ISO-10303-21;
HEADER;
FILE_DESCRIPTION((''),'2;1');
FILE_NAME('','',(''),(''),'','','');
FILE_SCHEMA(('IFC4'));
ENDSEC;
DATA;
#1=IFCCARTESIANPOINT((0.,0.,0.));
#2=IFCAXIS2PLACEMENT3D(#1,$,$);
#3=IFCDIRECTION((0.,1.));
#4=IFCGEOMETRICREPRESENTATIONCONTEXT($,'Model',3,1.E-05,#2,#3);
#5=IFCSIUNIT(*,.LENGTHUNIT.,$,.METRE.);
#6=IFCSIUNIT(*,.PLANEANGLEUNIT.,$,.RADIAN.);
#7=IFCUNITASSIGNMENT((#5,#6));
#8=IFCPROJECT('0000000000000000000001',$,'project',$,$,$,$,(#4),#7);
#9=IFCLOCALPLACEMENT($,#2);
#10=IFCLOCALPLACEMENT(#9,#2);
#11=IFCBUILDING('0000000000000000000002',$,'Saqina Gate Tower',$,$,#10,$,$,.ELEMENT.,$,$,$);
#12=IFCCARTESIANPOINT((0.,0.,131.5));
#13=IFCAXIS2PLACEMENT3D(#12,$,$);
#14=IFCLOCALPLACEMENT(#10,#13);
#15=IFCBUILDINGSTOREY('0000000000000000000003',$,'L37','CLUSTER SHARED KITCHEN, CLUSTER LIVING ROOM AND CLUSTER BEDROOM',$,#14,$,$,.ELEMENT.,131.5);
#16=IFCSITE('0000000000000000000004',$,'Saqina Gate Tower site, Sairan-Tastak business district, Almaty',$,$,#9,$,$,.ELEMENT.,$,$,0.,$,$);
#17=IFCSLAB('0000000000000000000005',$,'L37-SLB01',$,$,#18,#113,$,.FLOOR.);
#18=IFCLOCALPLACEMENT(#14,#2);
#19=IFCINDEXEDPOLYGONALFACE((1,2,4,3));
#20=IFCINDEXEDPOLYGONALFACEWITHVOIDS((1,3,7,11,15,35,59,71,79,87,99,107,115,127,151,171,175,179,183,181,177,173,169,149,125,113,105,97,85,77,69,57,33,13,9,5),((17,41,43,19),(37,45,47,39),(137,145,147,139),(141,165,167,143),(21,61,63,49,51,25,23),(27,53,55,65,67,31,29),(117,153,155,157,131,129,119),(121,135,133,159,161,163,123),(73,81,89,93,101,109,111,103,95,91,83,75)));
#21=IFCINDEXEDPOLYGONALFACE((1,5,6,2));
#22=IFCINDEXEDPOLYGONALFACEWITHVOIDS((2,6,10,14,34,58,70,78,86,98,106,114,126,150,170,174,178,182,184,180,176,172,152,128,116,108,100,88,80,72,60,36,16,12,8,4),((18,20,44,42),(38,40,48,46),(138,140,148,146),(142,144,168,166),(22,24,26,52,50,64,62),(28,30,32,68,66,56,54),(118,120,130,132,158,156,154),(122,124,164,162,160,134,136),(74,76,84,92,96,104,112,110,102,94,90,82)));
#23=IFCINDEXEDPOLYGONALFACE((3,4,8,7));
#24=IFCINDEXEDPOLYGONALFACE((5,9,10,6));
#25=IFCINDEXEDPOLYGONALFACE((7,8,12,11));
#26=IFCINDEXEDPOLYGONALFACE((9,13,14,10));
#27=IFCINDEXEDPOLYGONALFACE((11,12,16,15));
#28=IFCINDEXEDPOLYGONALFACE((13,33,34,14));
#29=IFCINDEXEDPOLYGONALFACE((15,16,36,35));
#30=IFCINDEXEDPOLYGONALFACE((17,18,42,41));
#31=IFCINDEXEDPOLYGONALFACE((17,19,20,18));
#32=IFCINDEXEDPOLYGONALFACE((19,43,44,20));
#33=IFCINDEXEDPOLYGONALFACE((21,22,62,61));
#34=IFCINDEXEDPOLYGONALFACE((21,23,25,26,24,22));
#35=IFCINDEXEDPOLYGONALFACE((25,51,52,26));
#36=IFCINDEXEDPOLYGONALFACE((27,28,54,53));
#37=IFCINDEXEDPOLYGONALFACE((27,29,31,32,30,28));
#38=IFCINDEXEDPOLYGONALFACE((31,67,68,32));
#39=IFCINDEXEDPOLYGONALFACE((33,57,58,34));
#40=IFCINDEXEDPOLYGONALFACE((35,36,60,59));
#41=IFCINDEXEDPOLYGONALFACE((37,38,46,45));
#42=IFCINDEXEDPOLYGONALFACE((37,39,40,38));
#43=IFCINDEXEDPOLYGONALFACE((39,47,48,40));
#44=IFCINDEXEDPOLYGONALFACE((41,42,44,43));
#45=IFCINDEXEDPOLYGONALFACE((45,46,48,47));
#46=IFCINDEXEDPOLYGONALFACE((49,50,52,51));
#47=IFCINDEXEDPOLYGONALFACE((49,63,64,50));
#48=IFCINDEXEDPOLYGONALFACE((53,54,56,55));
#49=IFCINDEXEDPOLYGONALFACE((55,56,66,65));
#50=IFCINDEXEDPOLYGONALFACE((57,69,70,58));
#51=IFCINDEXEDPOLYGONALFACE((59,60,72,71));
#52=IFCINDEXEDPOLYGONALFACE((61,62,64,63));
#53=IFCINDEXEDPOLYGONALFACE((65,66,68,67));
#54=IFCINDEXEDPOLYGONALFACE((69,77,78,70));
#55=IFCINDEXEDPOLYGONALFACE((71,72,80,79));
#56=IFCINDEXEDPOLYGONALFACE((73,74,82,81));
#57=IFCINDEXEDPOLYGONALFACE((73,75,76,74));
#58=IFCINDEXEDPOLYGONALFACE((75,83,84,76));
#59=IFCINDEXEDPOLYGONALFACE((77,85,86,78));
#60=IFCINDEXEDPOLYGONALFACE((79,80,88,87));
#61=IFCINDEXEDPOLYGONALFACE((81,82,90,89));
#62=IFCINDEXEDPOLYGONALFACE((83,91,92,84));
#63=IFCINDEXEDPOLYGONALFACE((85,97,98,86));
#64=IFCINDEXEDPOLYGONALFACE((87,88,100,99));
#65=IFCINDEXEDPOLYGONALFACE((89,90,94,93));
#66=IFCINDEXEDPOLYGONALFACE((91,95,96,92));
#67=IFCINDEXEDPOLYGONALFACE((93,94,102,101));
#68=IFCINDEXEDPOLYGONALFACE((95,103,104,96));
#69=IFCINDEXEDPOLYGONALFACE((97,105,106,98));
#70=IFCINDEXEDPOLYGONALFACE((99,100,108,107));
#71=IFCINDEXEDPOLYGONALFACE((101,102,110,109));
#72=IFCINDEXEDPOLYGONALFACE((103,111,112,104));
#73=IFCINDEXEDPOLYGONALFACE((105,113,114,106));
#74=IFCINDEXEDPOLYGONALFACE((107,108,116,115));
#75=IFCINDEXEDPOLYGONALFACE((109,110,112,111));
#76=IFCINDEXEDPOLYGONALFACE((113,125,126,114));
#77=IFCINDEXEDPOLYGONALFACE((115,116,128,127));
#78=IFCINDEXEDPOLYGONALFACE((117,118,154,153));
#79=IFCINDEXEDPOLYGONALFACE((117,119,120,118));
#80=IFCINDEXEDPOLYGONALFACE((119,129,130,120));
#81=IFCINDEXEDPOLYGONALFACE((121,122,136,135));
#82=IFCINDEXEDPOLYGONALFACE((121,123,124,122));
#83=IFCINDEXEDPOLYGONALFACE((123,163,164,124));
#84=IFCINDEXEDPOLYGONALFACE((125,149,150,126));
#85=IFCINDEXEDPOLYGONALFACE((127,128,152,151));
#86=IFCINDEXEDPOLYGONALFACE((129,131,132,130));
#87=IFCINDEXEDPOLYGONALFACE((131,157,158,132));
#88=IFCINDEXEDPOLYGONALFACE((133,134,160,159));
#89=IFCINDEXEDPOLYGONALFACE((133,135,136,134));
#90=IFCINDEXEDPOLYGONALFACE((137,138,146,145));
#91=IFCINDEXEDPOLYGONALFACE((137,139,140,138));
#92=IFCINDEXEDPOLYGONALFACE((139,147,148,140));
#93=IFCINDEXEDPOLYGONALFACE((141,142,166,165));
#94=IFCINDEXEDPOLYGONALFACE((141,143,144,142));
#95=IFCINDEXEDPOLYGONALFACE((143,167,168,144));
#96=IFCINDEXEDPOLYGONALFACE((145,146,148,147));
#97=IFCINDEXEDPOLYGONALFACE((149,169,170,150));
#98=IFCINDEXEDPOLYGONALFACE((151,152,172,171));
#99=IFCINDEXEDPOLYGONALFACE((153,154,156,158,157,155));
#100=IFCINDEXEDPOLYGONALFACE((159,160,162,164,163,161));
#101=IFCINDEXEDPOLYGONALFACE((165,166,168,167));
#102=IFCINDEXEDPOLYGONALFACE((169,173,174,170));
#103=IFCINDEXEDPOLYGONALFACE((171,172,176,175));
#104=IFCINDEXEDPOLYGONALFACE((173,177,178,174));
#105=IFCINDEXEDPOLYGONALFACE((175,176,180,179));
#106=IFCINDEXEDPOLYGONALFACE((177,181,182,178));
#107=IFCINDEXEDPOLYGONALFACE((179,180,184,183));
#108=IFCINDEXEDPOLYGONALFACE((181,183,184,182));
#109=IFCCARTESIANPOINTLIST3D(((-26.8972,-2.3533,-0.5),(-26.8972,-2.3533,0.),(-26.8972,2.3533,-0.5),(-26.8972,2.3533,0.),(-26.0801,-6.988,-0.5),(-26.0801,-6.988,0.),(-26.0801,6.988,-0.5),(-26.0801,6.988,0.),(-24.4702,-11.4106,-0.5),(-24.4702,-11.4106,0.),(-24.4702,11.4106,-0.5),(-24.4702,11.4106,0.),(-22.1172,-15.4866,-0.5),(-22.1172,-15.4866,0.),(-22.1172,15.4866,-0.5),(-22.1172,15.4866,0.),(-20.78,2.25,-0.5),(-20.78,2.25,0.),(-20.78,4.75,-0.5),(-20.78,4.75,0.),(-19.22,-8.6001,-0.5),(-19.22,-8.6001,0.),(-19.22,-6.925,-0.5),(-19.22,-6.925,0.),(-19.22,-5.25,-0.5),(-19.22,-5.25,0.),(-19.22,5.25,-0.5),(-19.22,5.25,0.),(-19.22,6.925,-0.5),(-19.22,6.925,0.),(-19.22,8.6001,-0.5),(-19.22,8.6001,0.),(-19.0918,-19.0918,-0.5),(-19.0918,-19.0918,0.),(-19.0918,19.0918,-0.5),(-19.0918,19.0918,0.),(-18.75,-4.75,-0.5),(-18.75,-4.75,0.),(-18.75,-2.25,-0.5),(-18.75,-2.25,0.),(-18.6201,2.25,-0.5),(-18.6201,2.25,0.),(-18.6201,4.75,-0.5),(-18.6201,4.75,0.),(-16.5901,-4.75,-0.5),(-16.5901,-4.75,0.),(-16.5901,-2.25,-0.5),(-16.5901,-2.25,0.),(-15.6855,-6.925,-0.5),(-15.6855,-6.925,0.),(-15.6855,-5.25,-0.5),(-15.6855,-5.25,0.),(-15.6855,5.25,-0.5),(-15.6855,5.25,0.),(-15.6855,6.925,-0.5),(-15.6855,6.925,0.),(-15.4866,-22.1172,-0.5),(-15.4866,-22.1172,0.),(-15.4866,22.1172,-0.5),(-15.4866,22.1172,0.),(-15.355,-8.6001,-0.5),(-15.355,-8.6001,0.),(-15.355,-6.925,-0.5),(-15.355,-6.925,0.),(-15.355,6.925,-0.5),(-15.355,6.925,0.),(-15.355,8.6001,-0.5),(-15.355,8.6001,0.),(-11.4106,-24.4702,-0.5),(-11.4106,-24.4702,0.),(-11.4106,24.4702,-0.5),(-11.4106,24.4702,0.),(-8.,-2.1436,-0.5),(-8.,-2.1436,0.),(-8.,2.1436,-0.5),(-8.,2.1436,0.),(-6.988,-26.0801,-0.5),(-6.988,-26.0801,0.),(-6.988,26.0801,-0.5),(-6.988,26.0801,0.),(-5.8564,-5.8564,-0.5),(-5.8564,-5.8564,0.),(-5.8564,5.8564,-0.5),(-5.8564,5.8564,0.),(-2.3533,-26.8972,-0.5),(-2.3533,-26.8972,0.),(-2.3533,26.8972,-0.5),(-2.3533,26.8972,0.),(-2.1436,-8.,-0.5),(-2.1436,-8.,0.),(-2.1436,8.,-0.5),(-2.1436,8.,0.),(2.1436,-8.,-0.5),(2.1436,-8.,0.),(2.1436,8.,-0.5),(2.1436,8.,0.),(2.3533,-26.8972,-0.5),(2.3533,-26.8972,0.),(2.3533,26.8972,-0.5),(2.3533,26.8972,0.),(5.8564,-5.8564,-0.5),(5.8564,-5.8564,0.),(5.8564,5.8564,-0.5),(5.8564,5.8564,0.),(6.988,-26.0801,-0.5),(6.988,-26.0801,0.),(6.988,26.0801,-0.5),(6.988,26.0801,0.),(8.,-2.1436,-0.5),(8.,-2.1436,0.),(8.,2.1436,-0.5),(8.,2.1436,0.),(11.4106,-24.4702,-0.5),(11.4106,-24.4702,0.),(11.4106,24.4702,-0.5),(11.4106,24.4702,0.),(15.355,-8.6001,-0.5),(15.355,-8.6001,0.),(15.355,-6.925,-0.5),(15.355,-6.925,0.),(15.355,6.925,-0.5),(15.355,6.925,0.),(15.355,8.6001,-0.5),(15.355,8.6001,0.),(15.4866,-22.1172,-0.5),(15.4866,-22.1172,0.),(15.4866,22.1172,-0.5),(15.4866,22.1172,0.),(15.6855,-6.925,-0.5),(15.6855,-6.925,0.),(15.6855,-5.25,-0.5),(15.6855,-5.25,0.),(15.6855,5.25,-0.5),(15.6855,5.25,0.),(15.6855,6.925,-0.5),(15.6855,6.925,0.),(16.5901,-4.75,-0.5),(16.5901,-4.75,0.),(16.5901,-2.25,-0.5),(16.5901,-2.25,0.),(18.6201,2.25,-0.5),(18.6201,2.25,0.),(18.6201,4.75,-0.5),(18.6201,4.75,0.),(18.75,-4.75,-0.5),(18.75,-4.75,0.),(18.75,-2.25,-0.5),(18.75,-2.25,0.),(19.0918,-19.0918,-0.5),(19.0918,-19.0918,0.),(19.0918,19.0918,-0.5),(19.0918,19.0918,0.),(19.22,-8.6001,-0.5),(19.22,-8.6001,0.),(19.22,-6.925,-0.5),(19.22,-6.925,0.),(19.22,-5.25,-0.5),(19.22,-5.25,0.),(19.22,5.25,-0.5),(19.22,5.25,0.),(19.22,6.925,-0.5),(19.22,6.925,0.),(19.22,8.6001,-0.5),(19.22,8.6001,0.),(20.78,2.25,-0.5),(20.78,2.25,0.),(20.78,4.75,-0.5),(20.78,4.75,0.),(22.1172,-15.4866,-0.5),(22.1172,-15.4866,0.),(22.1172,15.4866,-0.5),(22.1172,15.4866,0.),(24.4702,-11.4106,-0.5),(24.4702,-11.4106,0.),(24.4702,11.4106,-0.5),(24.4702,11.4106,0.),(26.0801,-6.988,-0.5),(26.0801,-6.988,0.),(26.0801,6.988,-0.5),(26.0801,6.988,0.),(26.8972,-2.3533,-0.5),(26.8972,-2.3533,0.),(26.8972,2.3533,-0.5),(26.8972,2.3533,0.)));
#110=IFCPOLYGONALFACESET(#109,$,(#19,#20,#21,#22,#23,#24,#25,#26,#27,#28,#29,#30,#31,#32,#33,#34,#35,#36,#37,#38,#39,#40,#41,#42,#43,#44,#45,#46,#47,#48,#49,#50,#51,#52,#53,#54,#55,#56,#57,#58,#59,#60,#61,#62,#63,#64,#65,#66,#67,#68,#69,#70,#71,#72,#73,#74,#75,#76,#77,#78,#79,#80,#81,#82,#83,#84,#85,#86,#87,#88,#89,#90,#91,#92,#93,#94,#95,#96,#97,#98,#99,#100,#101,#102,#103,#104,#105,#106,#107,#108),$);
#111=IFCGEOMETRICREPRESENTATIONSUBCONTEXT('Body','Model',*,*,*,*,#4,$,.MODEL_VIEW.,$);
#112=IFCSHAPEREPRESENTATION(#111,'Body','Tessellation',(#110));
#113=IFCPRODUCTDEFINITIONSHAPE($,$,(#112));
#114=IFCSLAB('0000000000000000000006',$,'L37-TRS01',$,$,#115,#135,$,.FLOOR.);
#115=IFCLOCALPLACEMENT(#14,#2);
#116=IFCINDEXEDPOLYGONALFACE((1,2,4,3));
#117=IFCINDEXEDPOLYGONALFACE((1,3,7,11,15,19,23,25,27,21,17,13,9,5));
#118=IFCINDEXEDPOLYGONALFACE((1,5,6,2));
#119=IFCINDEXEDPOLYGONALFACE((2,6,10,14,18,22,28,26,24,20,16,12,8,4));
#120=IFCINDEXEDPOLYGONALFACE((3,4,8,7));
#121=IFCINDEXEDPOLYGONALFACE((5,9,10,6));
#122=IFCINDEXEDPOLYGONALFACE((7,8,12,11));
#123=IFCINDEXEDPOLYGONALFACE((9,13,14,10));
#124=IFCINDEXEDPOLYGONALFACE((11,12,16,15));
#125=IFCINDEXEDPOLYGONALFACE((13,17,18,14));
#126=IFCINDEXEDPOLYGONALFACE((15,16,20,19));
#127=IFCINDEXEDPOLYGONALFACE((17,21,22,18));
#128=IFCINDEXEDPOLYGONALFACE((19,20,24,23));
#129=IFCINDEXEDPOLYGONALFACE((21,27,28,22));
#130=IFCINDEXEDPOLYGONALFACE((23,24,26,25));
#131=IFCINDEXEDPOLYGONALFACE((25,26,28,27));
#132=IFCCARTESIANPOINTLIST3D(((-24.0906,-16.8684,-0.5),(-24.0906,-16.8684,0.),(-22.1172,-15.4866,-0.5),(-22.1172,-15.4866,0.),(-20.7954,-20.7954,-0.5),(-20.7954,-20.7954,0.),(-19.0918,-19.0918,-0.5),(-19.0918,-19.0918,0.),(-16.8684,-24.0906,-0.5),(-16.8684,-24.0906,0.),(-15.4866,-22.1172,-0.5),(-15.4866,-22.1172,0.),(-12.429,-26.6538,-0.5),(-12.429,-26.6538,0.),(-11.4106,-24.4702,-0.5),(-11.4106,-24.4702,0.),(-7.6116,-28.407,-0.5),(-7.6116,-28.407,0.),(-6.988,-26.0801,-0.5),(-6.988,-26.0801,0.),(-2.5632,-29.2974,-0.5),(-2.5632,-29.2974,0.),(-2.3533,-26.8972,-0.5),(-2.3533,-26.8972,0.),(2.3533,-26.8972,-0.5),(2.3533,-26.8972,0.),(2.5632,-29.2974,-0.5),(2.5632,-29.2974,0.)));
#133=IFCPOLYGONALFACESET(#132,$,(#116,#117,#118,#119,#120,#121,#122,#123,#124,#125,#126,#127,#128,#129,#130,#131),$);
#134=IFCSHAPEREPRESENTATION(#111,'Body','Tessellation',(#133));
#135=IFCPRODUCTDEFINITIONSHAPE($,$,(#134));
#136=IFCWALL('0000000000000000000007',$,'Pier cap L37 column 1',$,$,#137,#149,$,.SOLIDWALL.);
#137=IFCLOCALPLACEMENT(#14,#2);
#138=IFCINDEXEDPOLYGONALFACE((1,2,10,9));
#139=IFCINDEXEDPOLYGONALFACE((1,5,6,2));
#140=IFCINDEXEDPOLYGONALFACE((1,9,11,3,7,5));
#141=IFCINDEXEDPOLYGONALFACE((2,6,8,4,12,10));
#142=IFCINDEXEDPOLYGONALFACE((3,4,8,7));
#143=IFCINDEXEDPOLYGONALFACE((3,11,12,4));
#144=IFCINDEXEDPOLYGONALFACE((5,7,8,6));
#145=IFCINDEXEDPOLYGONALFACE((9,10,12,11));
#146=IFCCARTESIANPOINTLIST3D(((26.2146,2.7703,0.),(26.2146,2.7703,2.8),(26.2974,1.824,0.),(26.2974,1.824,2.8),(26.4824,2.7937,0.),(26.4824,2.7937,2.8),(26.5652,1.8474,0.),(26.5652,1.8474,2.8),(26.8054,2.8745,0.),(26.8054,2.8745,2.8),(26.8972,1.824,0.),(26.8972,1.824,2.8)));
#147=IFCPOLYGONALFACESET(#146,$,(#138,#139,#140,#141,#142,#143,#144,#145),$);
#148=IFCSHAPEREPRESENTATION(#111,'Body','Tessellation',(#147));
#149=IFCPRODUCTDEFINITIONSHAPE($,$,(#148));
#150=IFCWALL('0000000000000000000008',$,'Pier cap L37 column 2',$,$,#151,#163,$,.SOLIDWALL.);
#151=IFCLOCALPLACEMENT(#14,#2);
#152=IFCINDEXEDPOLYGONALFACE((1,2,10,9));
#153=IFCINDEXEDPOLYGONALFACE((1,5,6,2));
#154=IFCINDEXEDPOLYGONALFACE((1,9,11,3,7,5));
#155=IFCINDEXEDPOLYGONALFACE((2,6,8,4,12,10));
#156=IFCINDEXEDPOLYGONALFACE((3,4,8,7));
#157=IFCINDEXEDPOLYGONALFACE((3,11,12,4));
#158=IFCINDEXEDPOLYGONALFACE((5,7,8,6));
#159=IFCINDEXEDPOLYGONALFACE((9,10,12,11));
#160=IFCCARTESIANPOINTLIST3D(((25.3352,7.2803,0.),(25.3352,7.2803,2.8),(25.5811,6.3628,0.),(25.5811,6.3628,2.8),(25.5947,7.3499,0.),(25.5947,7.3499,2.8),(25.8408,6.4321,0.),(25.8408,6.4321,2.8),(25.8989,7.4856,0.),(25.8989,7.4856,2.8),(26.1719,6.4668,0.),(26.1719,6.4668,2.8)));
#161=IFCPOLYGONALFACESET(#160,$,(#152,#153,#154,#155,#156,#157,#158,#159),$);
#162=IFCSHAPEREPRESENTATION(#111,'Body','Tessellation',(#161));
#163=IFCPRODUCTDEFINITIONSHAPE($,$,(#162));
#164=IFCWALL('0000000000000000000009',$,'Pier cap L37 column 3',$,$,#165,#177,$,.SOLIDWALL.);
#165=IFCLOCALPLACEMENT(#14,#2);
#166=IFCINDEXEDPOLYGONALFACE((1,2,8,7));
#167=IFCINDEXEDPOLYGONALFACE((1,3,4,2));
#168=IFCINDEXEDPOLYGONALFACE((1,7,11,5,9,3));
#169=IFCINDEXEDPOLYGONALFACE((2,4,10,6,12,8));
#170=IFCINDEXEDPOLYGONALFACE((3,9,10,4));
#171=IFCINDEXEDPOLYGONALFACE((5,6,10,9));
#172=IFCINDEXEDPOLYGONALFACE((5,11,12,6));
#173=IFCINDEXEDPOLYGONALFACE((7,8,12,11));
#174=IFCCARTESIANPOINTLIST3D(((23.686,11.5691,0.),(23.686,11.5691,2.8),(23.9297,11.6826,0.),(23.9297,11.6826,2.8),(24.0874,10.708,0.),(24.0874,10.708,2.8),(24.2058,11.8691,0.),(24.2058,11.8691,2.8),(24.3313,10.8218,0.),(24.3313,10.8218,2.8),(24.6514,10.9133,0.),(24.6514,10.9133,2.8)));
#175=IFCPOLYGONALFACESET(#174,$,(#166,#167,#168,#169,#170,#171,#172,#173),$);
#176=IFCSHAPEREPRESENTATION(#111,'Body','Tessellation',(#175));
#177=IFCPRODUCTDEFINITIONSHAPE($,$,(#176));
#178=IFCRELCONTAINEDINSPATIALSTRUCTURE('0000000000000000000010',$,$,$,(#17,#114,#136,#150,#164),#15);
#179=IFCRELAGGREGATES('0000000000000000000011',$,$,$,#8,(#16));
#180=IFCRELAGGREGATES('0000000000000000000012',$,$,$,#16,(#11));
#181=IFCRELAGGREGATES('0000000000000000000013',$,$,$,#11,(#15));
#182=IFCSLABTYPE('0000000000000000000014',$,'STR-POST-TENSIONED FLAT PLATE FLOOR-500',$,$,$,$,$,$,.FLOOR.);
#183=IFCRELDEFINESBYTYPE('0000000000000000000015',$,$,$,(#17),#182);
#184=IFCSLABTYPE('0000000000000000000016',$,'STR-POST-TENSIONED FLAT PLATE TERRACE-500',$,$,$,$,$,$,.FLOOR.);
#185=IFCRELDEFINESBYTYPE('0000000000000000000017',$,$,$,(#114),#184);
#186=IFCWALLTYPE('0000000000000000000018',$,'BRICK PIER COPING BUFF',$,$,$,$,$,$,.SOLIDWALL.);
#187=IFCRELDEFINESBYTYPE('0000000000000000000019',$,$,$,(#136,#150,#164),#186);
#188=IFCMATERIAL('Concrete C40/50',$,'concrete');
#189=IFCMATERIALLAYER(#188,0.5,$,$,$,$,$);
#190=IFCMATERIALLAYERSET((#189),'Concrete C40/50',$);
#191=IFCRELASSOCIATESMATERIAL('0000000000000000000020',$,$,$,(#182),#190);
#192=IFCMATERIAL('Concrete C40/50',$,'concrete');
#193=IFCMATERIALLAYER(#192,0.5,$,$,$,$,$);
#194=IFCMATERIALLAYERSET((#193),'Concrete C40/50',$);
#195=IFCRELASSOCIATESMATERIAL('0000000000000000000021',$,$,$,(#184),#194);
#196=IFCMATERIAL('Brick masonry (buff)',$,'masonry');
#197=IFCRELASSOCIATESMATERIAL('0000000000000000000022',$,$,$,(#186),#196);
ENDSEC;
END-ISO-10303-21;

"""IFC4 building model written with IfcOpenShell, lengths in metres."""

from ifc_helpers import new_model, si_unit, direction, frame, origin, place, context, subcontext, project, spatial, polyline, outline, extrude, material, layer, layer_set, type_object, element, save


model = new_model("IFC4")

# Units and contexts
model_context = context("Model", 3, precision=1e-05, world=origin(), true_north=direction((0.0, 1.0)))
body_context = subcontext(model_context, "Body", "Model", "MODEL_VIEW")
ifc_project = project(units=[si_unit("LENGTHUNIT", "METRE"), si_unit("PLANEANGLEUNIT", "RADIAN")], contexts=[model_context])

# Site, building, storey
site_placement = place(None, origin())
site = spatial("IfcSite", under=ifc_project, at=site_placement, Name="Saqina Gate Tower site, Sairan-Tastak business district, Almaty", CompositionType="ELEMENT", RefElevation=0.0)
building_placement = place(site_placement, origin())
building = spatial("IfcBuilding", under=site, at=building_placement, Name="Saqina Gate Tower", CompositionType="ELEMENT")
storey_placement = place(building_placement, frame((0.0, 0.0, 131.5)))
storey = spatial("IfcBuildingStorey", under=building, at=storey_placement, Name="L37", Description="CLUSTER SHARED KITCHEN, CLUSTER LIVING ROOM AND CLUSTER BEDROOM", CompositionType="ELEMENT", Elevation=131.5)

# Slabs
ifc_material_1 = material(Name="Concrete C40/50", Category="concrete")
ifc_layer_1 = layer(ifc_material_1, 0.5)
ifc_layer_set_1 = layer_set([ifc_layer_1], Name="Concrete C40/50")
slab_type_1 = type_object("IfcSlabType", Name="STR-POST-TENSIONED FLAT PLATE FLOOR-500", PredefinedType="FLOOR", material=ifc_layer_set_1)
slab_1_placement = place(storey_placement, frame((0.0, 0.0, -0.5)))
element("IfcSlab", 1, at=slab_1_placement, inside=storey, type_object=slab_type_1, Name="L37-SLB01", PredefinedType="FLOOR", context=body_context, shape_type="SweptSolid", body=[
    extrude(outline(polyline([(26.0801, -6.988), (26.8972, -2.3533), (26.8972, 2.3533), (26.0801, 6.988), (24.4702, 11.4106), (22.1172, 15.4866), (19.0918, 19.0918), (15.4866, 22.1172), (11.4106, 24.4702), (6.988, 26.0801), (2.3533, 26.8972), (-2.3533, 26.8972), (-6.988, 26.0801), (-11.4106, 24.4702), (-15.4866, 22.1172), (-19.0918, 19.0918), (-22.1172, 15.4866), (-24.4702, 11.4106), (-26.0801, 6.988), (-26.8972, 2.3533), (-26.8972, -2.3533), (-26.0801, -6.988), (-24.4702, -11.4106), (-22.1172, -15.4866), (-19.0918, -19.0918), (-15.4866, -22.1172), (-11.4106, -24.4702), (-6.988, -26.0801), (-2.3533, -26.8972), (2.3533, -26.8972), (6.988, -26.0801), (11.4106, -24.4702), (15.4866, -22.1172), (19.0918, -19.0918), (22.1172, -15.4866), (24.4702, -11.4106), (26.0801, -6.988)]), holes=[polyline([(2.1436, 8.0), (5.8564, 5.8564), (8.0, 2.1436), (8.0, -2.1436), (5.8564, -5.8564), (2.1436, -8.0), (-2.1436, -8.0), (-5.8564, -5.8564), (-8.0, -2.1436), (-8.0, 2.1436), (-5.8564, 5.8564), (-2.1436, 8.0), (2.1436, 8.0)]), polyline([(-15.355, -8.6001), (-19.22, -8.6001), (-19.22, -6.925), (-19.22, -5.25), (-15.6855, -5.25), (-15.6855, -6.925), (-15.355, -6.925), (-15.355, -8.6001)]), polyline([(-16.5901, -2.25), (-16.5901, -4.75), (-18.75, -4.75), (-18.75, -2.25), (-16.5901, -2.25)]), polyline([(-20.78, 4.75), (-18.6201, 4.75), (-18.6201, 2.25), (-20.78, 2.25), (-20.78, 4.75)]), polyline([(-19.22, 6.925), (-19.22, 8.6001), (-15.355, 8.6001), (-15.355, 6.925), (-15.6855, 6.925), (-15.6855, 5.25), (-19.22, 5.25), (-19.22, 6.925)]), polyline([(15.355, -8.6001), (15.355, -6.925), (15.6855, -6.925), (15.6855, -5.25), (19.22, -5.25), (19.22, -6.925), (19.22, -8.6001), (15.355, -8.6001)]), polyline([(18.75, -2.25), (18.75, -4.75), (16.5901, -4.75), (16.5901, -2.25), (18.75, -2.25)]), polyline([(18.6201, 4.75), (20.78, 4.75), (20.78, 2.25), (18.6201, 2.25), (18.6201, 4.75)]), polyline([(15.6855, 6.925), (15.355, 6.925), (15.355, 8.6001), (19.22, 8.6001), (19.22, 6.925), (19.22, 5.25), (15.6855, 5.25), (15.6855, 6.925)])]), origin(), (0.0, 0.0, 1.0), 0.5),
])
ifc_material_2 = material(Name="Concrete C40/50", Category="concrete")
ifc_layer_2 = layer(ifc_material_2, 0.5)
ifc_layer_set_2 = layer_set([ifc_layer_2], Name="Concrete C40/50")
slab_type_2 = type_object("IfcSlabType", Name="STR-POST-TENSIONED FLAT PLATE TERRACE-500", PredefinedType="FLOOR", material=ifc_layer_set_2)
slab_2_placement = place(storey_placement, frame((0.0, 0.0, -0.5)))
element("IfcSlab", 2, at=slab_2_placement, inside=storey, type_object=slab_type_2, Name="L37-TRS01", PredefinedType="FLOOR", context=body_context, shape_type="SweptSolid", body=[
    extrude(outline(polyline([(-22.1172, -15.4866), (-19.0918, -19.0918), (-15.4866, -22.1172), (-11.4106, -24.4702), (-6.988, -26.0801), (-2.3533, -26.8972), (2.3533, -26.8972), (2.5632, -29.2974), (-2.5632, -29.2974), (-7.6116, -28.407), (-12.429, -26.6538), (-16.8684, -24.0906), (-20.7954, -20.7954), (-24.0906, -16.8684), (-22.1172, -15.4866)])), origin(), (0.0, 0.0, 1.0), 0.5),
])

# Walls
ifc_material_3 = material(Name="Brick masonry (buff)", Category="masonry")
wall_type_1 = type_object("IfcWallType", Name="BRICK PIER COPING BUFF", PredefinedType="SOLIDWALL", material=ifc_material_3)
wall_1_placement = place(storey_placement, origin())
element("IfcWall", 3, at=wall_1_placement, inside=storey, type_object=wall_type_1, Name="Pier cap L37 column 1", PredefinedType="SOLIDWALL", context=body_context, shape_type="SweptSolid", body=[
    extrude(outline(polyline([(26.8054, 2.8745), (26.2146, 2.7703), (26.4824, 2.7937), (26.5652, 1.8474), (26.2974, 1.824), (26.8972, 1.824), (26.8054, 2.8745)])), origin(), (0.0, 0.0, 1.0), 2.8),
])
wall_2_placement = place(storey_placement, origin())
element("IfcWall", 4, at=wall_2_placement, inside=storey, type_object=wall_type_1, Name="Pier cap L37 column 2", PredefinedType="SOLIDWALL", context=body_context, shape_type="SweptSolid", body=[
    extrude(outline(polyline([(26.1719, 6.4668), (25.8989, 7.4856), (25.3352, 7.2803), (25.5947, 7.3499), (25.8408, 6.4321), (25.5811, 6.3628), (26.1719, 6.4668)])), origin(), (0.0, 0.0, 1.0), 2.8),
])
wall_3_placement = place(storey_placement, origin())
element("IfcWall", 5, at=wall_3_placement, inside=storey, type_object=wall_type_1, Name="Pier cap L37 column 3", PredefinedType="SOLIDWALL", context=body_context, shape_type="SweptSolid", body=[
    extrude(outline(polyline([(24.6514, 10.9133), (24.2058, 11.8691), (23.686, 11.5691), (23.9297, 11.6826), (24.3313, 10.8218), (24.0874, 10.708), (24.6514, 10.9133)])), origin(), (0.0, 0.0, 1.0), 2.8),
])

save(model, "model.ifc")
